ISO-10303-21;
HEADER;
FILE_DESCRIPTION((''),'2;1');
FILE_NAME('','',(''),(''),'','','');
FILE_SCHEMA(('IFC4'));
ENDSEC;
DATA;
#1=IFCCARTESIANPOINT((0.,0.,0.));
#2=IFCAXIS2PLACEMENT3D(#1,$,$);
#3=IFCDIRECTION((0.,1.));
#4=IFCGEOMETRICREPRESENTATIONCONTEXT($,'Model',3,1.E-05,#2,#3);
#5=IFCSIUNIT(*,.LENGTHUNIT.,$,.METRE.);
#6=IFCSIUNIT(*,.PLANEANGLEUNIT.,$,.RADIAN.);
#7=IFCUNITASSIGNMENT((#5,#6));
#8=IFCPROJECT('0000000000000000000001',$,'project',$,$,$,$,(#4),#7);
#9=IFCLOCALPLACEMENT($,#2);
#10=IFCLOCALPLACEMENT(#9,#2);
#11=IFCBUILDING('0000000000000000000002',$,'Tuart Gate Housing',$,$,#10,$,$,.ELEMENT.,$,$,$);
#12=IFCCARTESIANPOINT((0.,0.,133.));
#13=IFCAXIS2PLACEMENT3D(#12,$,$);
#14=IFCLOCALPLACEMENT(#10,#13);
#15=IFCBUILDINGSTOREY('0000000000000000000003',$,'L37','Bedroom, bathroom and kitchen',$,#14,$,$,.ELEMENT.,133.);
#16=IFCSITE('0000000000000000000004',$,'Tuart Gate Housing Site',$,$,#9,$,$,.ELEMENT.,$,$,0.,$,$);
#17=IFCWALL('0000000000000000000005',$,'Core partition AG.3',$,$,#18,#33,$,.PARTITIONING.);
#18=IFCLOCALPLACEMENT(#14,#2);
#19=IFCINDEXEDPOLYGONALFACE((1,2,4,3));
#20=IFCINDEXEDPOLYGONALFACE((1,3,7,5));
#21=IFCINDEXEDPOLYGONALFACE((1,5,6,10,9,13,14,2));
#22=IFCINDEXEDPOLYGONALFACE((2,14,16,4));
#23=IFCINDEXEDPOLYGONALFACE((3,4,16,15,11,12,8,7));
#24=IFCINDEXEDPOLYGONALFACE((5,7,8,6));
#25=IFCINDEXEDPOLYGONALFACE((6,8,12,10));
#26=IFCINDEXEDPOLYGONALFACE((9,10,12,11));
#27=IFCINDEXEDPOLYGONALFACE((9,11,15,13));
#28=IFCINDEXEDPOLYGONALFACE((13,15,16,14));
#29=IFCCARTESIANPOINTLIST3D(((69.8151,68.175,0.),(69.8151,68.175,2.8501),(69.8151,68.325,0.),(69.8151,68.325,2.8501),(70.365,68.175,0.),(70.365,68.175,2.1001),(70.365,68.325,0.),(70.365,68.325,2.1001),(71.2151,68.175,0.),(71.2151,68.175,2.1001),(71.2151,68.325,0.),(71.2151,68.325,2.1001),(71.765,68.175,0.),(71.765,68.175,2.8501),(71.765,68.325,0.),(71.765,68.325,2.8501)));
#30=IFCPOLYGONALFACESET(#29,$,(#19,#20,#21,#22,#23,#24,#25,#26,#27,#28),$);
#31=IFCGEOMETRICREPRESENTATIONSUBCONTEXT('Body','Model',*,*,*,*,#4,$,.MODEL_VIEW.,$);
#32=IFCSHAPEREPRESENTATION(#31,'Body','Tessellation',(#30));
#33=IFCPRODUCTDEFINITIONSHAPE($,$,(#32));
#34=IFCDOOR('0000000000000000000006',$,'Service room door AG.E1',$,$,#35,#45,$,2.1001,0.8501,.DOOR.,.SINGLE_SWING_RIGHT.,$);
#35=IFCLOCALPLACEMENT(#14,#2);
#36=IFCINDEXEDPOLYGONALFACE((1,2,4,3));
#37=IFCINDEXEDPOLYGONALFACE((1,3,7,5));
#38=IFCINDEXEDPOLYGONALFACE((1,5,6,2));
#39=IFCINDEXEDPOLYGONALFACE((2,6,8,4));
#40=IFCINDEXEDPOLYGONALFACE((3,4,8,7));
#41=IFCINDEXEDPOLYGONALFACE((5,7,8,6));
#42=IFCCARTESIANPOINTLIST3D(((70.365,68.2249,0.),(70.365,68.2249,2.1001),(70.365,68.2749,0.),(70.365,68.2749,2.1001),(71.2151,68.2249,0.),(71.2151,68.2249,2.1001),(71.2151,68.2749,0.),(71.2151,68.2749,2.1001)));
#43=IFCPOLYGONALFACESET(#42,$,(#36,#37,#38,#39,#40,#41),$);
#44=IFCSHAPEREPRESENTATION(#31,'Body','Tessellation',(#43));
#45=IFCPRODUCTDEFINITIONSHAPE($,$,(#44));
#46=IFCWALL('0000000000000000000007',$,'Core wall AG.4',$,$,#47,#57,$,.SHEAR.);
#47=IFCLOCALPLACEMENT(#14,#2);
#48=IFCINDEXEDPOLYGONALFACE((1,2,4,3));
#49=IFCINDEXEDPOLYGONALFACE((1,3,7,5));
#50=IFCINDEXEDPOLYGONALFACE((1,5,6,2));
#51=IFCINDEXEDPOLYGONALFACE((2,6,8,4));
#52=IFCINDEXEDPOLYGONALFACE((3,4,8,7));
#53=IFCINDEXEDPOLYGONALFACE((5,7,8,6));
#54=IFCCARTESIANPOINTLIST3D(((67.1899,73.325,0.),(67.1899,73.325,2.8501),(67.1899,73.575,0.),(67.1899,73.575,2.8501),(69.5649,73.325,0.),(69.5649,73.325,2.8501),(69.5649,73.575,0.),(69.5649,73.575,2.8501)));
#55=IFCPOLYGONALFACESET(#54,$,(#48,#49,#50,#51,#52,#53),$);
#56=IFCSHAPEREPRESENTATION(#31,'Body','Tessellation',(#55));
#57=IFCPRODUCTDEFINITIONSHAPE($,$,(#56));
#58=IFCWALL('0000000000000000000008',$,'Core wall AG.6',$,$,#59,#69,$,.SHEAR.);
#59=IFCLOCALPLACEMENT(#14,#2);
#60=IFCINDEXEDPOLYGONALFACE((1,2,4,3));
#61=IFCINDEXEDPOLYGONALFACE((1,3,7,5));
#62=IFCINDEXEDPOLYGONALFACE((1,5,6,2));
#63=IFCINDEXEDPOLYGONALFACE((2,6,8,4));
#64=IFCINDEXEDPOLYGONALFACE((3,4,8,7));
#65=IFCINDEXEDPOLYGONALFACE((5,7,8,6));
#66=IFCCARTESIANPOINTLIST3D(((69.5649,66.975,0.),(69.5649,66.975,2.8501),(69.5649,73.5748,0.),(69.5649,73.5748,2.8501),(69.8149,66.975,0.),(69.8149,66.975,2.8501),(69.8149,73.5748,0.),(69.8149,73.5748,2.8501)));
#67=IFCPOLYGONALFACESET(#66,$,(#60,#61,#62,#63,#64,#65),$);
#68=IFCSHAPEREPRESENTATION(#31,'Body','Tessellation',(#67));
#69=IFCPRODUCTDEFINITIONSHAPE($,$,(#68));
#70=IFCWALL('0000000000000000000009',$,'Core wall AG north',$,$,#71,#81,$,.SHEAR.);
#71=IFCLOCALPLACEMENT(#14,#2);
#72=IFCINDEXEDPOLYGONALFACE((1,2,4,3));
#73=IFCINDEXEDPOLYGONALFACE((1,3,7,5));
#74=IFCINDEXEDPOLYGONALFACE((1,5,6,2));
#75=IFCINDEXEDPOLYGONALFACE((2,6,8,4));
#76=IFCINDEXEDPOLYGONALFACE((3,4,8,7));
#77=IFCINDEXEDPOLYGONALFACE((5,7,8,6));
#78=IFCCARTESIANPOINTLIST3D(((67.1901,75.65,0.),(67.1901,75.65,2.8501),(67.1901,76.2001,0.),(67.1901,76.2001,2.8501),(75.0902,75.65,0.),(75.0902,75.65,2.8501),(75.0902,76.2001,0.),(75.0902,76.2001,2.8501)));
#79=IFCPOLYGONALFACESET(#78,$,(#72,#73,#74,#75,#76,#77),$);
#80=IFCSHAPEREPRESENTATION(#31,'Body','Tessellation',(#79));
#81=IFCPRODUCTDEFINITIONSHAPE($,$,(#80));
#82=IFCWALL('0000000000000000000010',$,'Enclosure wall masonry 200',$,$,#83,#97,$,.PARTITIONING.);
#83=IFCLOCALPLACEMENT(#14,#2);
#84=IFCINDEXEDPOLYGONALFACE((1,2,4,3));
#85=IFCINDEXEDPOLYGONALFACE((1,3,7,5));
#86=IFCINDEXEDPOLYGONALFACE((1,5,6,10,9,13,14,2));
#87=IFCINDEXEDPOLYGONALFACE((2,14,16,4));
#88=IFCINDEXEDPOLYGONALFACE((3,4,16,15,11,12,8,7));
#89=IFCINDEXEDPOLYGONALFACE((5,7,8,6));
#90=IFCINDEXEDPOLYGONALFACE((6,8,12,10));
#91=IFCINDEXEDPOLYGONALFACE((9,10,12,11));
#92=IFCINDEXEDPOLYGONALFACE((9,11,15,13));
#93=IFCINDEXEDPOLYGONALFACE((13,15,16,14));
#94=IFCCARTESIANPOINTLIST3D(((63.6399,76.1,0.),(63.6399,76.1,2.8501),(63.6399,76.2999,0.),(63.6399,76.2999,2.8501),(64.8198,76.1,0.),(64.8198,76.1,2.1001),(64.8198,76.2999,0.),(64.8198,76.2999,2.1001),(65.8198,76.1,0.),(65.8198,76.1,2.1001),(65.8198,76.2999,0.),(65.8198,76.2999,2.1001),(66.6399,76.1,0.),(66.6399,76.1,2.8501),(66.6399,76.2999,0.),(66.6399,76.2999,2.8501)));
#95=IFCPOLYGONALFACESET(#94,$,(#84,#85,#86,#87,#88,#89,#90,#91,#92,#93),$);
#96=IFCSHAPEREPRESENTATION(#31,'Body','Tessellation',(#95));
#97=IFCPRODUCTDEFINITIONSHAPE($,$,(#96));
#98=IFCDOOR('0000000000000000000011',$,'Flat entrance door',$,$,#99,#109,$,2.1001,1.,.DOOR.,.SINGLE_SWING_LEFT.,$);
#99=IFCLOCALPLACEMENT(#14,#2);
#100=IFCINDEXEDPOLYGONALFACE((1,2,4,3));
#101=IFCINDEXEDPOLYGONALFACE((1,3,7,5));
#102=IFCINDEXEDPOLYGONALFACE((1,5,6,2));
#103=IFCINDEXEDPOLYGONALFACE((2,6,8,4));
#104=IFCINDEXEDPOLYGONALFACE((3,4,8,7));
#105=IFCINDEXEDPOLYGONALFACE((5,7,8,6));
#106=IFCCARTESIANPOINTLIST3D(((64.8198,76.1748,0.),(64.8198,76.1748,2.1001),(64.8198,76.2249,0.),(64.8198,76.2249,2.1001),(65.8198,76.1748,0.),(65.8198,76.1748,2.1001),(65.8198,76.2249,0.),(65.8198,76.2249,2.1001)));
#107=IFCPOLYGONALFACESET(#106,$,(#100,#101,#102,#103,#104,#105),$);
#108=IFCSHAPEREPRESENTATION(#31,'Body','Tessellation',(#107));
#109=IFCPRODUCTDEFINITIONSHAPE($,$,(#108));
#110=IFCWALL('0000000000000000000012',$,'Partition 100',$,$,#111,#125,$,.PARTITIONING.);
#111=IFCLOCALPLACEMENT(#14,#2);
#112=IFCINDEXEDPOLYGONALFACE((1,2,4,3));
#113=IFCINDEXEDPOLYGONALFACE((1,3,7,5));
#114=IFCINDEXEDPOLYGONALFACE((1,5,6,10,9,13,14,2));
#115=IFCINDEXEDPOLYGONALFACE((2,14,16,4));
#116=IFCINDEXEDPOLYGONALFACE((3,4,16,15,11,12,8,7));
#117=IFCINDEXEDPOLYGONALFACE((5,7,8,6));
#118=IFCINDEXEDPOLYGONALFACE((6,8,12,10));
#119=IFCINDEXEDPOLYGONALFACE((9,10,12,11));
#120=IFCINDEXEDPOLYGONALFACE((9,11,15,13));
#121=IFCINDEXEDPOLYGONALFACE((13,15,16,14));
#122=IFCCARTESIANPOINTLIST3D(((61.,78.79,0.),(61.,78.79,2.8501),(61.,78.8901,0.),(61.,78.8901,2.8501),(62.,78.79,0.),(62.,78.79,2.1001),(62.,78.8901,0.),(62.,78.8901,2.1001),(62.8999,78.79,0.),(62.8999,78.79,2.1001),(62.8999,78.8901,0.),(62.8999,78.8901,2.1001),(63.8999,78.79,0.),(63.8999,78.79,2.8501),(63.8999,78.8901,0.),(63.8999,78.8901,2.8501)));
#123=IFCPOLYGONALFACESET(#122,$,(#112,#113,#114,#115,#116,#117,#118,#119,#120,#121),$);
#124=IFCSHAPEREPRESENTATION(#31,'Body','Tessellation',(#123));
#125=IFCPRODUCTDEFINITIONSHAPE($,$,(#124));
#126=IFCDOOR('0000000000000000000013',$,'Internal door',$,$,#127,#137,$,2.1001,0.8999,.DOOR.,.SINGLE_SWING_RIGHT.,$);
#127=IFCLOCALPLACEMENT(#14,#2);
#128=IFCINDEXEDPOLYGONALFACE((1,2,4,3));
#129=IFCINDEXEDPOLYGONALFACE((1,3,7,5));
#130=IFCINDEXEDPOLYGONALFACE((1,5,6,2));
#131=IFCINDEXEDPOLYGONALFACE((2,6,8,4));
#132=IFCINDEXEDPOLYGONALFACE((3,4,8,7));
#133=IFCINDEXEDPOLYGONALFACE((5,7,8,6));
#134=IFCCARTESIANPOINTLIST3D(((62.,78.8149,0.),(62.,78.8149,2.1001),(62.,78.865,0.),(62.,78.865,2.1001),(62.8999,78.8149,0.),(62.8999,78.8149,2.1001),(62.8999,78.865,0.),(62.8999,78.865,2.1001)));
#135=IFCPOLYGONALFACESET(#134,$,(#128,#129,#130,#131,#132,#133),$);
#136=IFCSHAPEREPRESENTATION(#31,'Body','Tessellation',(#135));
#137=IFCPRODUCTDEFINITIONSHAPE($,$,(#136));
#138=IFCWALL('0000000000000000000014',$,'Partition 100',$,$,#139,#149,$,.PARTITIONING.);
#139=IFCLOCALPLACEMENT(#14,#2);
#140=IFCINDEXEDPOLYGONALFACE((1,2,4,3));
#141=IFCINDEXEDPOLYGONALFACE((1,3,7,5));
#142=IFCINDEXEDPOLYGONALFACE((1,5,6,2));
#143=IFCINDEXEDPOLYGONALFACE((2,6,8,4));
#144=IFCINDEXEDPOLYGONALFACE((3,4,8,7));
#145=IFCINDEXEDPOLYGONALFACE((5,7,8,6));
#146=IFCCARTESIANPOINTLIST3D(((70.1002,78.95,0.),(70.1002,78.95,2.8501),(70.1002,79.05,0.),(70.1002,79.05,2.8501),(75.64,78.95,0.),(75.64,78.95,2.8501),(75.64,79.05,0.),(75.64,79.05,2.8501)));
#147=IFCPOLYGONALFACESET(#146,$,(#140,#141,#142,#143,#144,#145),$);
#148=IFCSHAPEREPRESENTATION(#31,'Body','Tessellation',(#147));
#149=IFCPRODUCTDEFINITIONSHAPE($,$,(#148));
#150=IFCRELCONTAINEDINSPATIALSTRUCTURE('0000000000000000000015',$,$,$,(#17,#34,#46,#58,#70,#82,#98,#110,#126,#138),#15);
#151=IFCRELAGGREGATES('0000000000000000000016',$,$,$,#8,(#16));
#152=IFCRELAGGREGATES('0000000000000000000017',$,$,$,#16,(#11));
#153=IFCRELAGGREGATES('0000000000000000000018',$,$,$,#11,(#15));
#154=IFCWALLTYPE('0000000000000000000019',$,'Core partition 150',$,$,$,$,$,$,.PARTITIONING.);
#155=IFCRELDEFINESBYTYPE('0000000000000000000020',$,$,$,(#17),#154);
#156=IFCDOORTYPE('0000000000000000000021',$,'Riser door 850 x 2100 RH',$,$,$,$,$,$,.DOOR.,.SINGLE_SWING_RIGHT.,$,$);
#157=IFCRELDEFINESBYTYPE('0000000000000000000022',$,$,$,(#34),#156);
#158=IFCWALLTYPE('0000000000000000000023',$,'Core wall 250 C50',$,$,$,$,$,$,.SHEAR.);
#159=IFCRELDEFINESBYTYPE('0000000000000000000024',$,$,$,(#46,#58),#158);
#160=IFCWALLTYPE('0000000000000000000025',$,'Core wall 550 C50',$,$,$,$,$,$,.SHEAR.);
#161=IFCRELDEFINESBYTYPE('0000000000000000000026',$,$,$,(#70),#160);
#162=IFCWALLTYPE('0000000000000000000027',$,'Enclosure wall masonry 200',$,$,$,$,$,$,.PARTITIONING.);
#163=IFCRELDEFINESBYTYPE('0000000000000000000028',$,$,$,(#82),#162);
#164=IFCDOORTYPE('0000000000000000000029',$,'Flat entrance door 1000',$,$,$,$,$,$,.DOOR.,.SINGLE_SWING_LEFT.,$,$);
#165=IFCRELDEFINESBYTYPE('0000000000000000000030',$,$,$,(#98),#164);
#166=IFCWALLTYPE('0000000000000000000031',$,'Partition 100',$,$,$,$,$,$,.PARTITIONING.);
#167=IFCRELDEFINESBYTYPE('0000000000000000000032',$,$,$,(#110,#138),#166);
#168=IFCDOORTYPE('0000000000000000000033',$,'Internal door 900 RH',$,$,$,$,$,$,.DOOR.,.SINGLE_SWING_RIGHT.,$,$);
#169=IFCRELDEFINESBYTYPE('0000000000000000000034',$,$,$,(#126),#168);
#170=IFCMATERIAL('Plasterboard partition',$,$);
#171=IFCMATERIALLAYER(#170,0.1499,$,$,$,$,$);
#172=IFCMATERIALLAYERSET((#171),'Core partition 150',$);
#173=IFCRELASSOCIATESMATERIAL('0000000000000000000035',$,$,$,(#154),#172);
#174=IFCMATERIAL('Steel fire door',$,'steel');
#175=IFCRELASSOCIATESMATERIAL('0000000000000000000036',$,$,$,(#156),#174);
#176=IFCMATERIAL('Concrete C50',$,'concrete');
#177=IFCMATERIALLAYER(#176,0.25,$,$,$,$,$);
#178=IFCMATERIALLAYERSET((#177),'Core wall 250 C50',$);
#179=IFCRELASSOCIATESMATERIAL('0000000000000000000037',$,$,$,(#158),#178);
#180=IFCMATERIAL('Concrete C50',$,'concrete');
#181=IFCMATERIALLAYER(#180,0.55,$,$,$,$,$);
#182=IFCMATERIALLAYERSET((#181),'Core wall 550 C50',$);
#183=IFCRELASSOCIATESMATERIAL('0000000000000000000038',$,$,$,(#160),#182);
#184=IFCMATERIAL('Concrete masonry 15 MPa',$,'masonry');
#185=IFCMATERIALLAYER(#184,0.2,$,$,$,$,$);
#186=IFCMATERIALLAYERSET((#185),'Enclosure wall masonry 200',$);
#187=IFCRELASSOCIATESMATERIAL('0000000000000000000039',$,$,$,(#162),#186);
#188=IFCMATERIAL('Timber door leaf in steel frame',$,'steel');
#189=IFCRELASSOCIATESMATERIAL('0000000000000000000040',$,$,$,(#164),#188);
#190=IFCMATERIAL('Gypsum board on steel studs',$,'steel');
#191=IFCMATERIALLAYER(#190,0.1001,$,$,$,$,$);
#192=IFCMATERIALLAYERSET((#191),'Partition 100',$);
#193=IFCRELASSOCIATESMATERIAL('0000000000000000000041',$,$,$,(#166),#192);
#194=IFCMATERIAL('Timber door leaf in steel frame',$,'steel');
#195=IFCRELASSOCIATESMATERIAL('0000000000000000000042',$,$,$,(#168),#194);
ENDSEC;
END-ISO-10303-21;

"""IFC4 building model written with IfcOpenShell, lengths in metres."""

from ifc_helpers import new_model, si_unit, direction, frame, frame_2d, origin, place, context, subcontext, project, spatial, rectangle, extrude, material, layer, layer_set, type_object, element, fill, save


model = new_model("IFC4")

# Units and contexts
model_context = context("Model", 3, precision=1e-05, world=origin(), true_north=direction((0.0, 1.0)))
body_context = subcontext(model_context, "Body", "Model", "MODEL_VIEW")
ifc_project = project(units=[si_unit("LENGTHUNIT", "METRE"), si_unit("PLANEANGLEUNIT", "RADIAN")], contexts=[model_context])

# Site, building, storey
site_placement = place(None, origin())
site = spatial("IfcSite", under=ifc_project, at=site_placement, Name="Tuart Gate Housing Site", CompositionType="ELEMENT", RefElevation=0.0)
building_placement = place(site_placement, origin())
building = spatial("IfcBuilding", under=site, at=building_placement, Name="Tuart Gate Housing", CompositionType="ELEMENT")
storey_placement = place(building_placement, frame((0.0, 0.0, 133.0)))
storey = spatial("IfcBuildingStorey", under=building, at=storey_placement, Name="L37", Description="Bedroom, bathroom and kitchen", CompositionType="ELEMENT", Elevation=133.0)

# Wall, opening, door
ifc_material_1 = material(Name="Plasterboard partition")
ifc_layer_1 = layer(ifc_material_1, 0.1499)
ifc_layer_set_1 = layer_set([ifc_layer_1], Name="Core partition 150")
wall_type_1 = type_object("IfcWallType", Name="Core partition 150", PredefinedType="PARTITIONING", material=ifc_layer_set_1)
wall_1_placement = place(storey_placement, frame((69.8149, 68.25, 0.0), z_axis=(0.0, 0.0, 1.0), x_axis=(1.0, 0.0, 0.0)))
wall_1 = element("IfcWall", 1, at=wall_1_placement, inside=storey, type_object=wall_type_1, Name="Core partition AG.3", PredefinedType="PARTITIONING", context=body_context, shape_type="SweptSolid", body=[
    extrude(rectangle(XDim=1.95, YDim=0.1499, at=frame_2d((0.9751, 0.0))), origin(), (0.0, 0.0, 1.0), 2.8501),
])
opening_1_placement = place(wall_1_placement, frame((0.55, 0.0, 0.0)))
opening_1 = element("IfcOpeningElement", 2, at=opening_1_placement, cuts=wall_1, PredefinedType="OPENING", context=body_context, shape_type="SweptSolid", body=[
    extrude(rectangle(XDim=0.8501, YDim=2.1001, at=frame_2d((0.425, 1.05))), frame((0.0, 0.085, 0.0), z_axis=(0.0, -1.0, 0.0), x_axis=(1.0, 0.0, 0.0)), (0.0, 0.0, 1.0), 0.1699),
])
ifc_material_2 = material(Name="Steel fire door", Category="steel")
door_type_1 = type_object("IfcDoorType", Name="Riser door 850 x 2100 RH", OperationType="SINGLE_SWING_RIGHT", PredefinedType="DOOR", material=ifc_material_2)
door_1_placement = place(opening_1_placement, frame((0.8501, 0.0, 0.0), z_axis=(0.0, 0.0, 1.0), x_axis=(-1.0, 0.0, 0.0)))
door_1 = element("IfcDoor", 3, at=door_1_placement, inside=storey, type_object=door_type_1, Name="Service room door AG.E1", OperationType="SINGLE_SWING_RIGHT", OverallHeight=2.1001, OverallWidth=0.8501, PredefinedType="DOOR", context=body_context, shape_type="SweptSolid", body=[
    extrude(rectangle(XDim=0.8501, YDim=2.1001, at=frame_2d((0.425, 1.05))), frame((0.0, 0.0251, 0.0), z_axis=(0.0, -1.0, 0.0), x_axis=(1.0, 0.0, 0.0)), (0.0, 0.0, 1.0), 0.05),
])
fill(opening_1, door_1)

# Walls
ifc_material_3 = material(Name="Concrete C50", Category="concrete")
ifc_layer_2 = layer(ifc_material_3, 0.25)
ifc_layer_set_2 = layer_set([ifc_layer_2], Name="Core wall 250 C50")
wall_type_2 = type_object("IfcWallType", Name="Core wall 250 C50", PredefinedType="SHEAR", material=ifc_layer_set_2)
wall_2_placement = place(storey_placement, frame((67.1899, 73.45, 0.0), z_axis=(0.0, 0.0, 1.0), x_axis=(1.0, 0.0, 0.0)))
element("IfcWall", 4, at=wall_2_placement, inside=storey, type_object=wall_type_2, Name="Core wall AG.4", PredefinedType="SHEAR", context=body_context, shape_type="SweptSolid", body=[
    extrude(rectangle(XDim=2.375, YDim=0.25, at=frame_2d((1.1875, 0.0))), origin(), (0.0, 0.0, 1.0), 2.8501),
])
wall_3_placement = place(storey_placement, frame((69.6899, 66.9751, 0.0), z_axis=(0.0, 0.0, 1.0), x_axis=(0.0, 1.0, 0.0)))
element("IfcWall", 5, at=wall_3_placement, inside=storey, type_object=wall_type_2, Name="Core wall AG.6", PredefinedType="SHEAR", context=body_context, shape_type="SweptSolid", body=[
    extrude(rectangle(XDim=6.5999, YDim=0.25, at=frame_2d((3.2998, 0.0))), origin(), (0.0, 0.0, 1.0), 2.8501),
])
ifc_material_4 = material(Name="Concrete C50", Category="concrete")
ifc_layer_3 = layer(ifc_material_4, 0.55)
ifc_layer_set_3 = layer_set([ifc_layer_3], Name="Core wall 550 C50")
wall_type_3 = type_object("IfcWallType", Name="Core wall 550 C50", PredefinedType="SHEAR", material=ifc_layer_set_3)
wall_4_placement = place(storey_placement, frame((67.1899, 75.925, 0.0), z_axis=(0.0, 0.0, 1.0), x_axis=(1.0, 0.0, 0.0)))
element("IfcWall", 6, at=wall_4_placement, inside=storey, type_object=wall_type_3, Name="Core wall AG north", PredefinedType="SHEAR", context=body_context, shape_type="SweptSolid", body=[
    extrude(rectangle(XDim=7.9001, YDim=0.55, at=frame_2d((3.9502, 0.0))), origin(), (0.0, 0.0, 1.0), 2.8501),
])

# Walls, openings, doors
ifc_material_5 = material(Name="Concrete masonry 15 MPa", Category="masonry")
ifc_layer_4 = layer(ifc_material_5, 0.2)
ifc_layer_set_4 = layer_set([ifc_layer_4], Name="Enclosure wall masonry 200")
wall_type_4 = type_object("IfcWallType", Name="Enclosure wall masonry 200", PredefinedType="PARTITIONING", material=ifc_layer_set_4)
wall_5_placement = place(storey_placement, frame((63.6399, 76.2, 0.0), z_axis=(0.0, 0.0, 1.0), x_axis=(1.0, 0.0, 0.0)))
wall_5 = element("IfcWall", 7, at=wall_5_placement, inside=storey, type_object=wall_type_4, Name="Enclosure wall masonry 200", PredefinedType="PARTITIONING", context=body_context, shape_type="SweptSolid", body=[
    extrude(rectangle(XDim=3.0, YDim=0.2, at=frame_2d((1.5, 0.0))), origin(), (0.0, 0.0, 1.0), 2.8501),
])
opening_2_placement = place(wall_5_placement, frame((1.1799, 0.0, 0.0)))
opening_2 = element("IfcOpeningElement", 8, at=opening_2_placement, cuts=wall_5, PredefinedType="OPENING", context=body_context, shape_type="SweptSolid", body=[
    extrude(rectangle(XDim=1.0, YDim=2.1001, at=frame_2d((0.5, 1.05))), frame((0.0, 0.1099, 0.0), z_axis=(0.0, -1.0, 0.0), x_axis=(1.0, 0.0, 0.0)), (0.0, 0.0, 1.0), 0.22),
])
ifc_material_6 = material(Name="Timber door leaf in steel frame", Category="steel")
door_type_2 = type_object("IfcDoorType", Name="Flat entrance door 1000", OperationType="SINGLE_SWING_LEFT", PredefinedType="DOOR", material=ifc_material_6)
door_2_placement = place(opening_2_placement, origin())
door_2 = element("IfcDoor", 9, at=door_2_placement, inside=storey, type_object=door_type_2, Name="Flat entrance door", OperationType="SINGLE_SWING_LEFT", OverallHeight=2.1001, OverallWidth=1.0, PredefinedType="DOOR", context=body_context, shape_type="SweptSolid", body=[
    extrude(rectangle(XDim=1.0, YDim=2.1001, at=frame_2d((0.5, 1.05))), frame((0.0, 0.0249, 0.0), z_axis=(0.0, -1.0, 0.0), x_axis=(1.0, 0.0, 0.0)), (0.0, 0.0, 1.0), 0.05),
])
fill(opening_2, door_2)
ifc_material_7 = material(Name="Gypsum board on steel studs", Category="steel")
ifc_layer_5 = layer(ifc_material_7, 0.1001)
ifc_layer_set_5 = layer_set([ifc_layer_5], Name="Partition 100")
wall_type_5 = type_object("IfcWallType", Name="Partition 100", PredefinedType="PARTITIONING", material=ifc_layer_set_5)
wall_6_placement = place(storey_placement, frame((61.0, 78.8401, 0.0), z_axis=(0.0, 0.0, 1.0), x_axis=(1.0, 0.0, 0.0)))
wall_6 = element("IfcWall", 10, at=wall_6_placement, inside=storey, type_object=wall_type_5, Name="Partition 100", PredefinedType="PARTITIONING", context=body_context, shape_type="SweptSolid", body=[
    extrude(rectangle(XDim=2.8999, YDim=0.1001, at=frame_2d((1.45, 0.0))), origin(), (0.0, 0.0, 1.0), 2.8501),
])
opening_3_placement = place(wall_6_placement, frame((1.0, 0.0, 0.0)))
opening_3 = element("IfcOpeningElement", 11, at=opening_3_placement, cuts=wall_6, PredefinedType="OPENING", context=body_context, shape_type="SweptSolid", body=[
    extrude(rectangle(XDim=0.8999, YDim=2.1001, at=frame_2d((0.45, 1.05))), frame((0.0, 0.0601, 0.0), z_axis=(0.0, -1.0, 0.0), x_axis=(1.0, 0.0, 0.0)), (0.0, 0.0, 1.0), 0.1201),
])
ifc_material_8 = material(Name="Timber door leaf in steel frame", Category="steel")
door_type_3 = type_object("IfcDoorType", Name="Internal door 900 RH", OperationType="SINGLE_SWING_RIGHT", PredefinedType="DOOR", material=ifc_material_8)
door_3_placement = place(opening_3_placement, frame((0.8999, 0.0, 0.0), z_axis=(0.0, 0.0, 1.0), x_axis=(-1.0, 0.0, 0.0)))
door_3 = element("IfcDoor", 12, at=door_3_placement, inside=storey, type_object=door_type_3, Name="Internal door", OperationType="SINGLE_SWING_RIGHT", OverallHeight=2.1001, OverallWidth=0.8999, PredefinedType="DOOR", context=body_context, shape_type="SweptSolid", body=[
    extrude(rectangle(XDim=0.8999, YDim=2.1001, at=frame_2d((0.45, 1.05))), frame((0.0, 0.0251, 0.0), z_axis=(0.0, -1.0, 0.0), x_axis=(1.0, 0.0, 0.0)), (0.0, 0.0, 1.0), 0.05),
])
fill(opening_3, door_3)

# Wall
wall_7_placement = place(storey_placement, frame((70.1001, 79.0, 0.0), z_axis=(0.0, 0.0, 1.0), x_axis=(1.0, 0.0, 0.0)))
element("IfcWall", 13, at=wall_7_placement, inside=storey, type_object=wall_type_5, Name="Partition 100", PredefinedType="PARTITIONING", context=body_context, shape_type="SweptSolid", body=[
    extrude(rectangle(XDim=5.5398, YDim=0.1001, at=frame_2d((2.77, 0.0))), origin(), (0.0, 0.0, 1.0), 2.8501),
])

save(model, "model.ifc")
